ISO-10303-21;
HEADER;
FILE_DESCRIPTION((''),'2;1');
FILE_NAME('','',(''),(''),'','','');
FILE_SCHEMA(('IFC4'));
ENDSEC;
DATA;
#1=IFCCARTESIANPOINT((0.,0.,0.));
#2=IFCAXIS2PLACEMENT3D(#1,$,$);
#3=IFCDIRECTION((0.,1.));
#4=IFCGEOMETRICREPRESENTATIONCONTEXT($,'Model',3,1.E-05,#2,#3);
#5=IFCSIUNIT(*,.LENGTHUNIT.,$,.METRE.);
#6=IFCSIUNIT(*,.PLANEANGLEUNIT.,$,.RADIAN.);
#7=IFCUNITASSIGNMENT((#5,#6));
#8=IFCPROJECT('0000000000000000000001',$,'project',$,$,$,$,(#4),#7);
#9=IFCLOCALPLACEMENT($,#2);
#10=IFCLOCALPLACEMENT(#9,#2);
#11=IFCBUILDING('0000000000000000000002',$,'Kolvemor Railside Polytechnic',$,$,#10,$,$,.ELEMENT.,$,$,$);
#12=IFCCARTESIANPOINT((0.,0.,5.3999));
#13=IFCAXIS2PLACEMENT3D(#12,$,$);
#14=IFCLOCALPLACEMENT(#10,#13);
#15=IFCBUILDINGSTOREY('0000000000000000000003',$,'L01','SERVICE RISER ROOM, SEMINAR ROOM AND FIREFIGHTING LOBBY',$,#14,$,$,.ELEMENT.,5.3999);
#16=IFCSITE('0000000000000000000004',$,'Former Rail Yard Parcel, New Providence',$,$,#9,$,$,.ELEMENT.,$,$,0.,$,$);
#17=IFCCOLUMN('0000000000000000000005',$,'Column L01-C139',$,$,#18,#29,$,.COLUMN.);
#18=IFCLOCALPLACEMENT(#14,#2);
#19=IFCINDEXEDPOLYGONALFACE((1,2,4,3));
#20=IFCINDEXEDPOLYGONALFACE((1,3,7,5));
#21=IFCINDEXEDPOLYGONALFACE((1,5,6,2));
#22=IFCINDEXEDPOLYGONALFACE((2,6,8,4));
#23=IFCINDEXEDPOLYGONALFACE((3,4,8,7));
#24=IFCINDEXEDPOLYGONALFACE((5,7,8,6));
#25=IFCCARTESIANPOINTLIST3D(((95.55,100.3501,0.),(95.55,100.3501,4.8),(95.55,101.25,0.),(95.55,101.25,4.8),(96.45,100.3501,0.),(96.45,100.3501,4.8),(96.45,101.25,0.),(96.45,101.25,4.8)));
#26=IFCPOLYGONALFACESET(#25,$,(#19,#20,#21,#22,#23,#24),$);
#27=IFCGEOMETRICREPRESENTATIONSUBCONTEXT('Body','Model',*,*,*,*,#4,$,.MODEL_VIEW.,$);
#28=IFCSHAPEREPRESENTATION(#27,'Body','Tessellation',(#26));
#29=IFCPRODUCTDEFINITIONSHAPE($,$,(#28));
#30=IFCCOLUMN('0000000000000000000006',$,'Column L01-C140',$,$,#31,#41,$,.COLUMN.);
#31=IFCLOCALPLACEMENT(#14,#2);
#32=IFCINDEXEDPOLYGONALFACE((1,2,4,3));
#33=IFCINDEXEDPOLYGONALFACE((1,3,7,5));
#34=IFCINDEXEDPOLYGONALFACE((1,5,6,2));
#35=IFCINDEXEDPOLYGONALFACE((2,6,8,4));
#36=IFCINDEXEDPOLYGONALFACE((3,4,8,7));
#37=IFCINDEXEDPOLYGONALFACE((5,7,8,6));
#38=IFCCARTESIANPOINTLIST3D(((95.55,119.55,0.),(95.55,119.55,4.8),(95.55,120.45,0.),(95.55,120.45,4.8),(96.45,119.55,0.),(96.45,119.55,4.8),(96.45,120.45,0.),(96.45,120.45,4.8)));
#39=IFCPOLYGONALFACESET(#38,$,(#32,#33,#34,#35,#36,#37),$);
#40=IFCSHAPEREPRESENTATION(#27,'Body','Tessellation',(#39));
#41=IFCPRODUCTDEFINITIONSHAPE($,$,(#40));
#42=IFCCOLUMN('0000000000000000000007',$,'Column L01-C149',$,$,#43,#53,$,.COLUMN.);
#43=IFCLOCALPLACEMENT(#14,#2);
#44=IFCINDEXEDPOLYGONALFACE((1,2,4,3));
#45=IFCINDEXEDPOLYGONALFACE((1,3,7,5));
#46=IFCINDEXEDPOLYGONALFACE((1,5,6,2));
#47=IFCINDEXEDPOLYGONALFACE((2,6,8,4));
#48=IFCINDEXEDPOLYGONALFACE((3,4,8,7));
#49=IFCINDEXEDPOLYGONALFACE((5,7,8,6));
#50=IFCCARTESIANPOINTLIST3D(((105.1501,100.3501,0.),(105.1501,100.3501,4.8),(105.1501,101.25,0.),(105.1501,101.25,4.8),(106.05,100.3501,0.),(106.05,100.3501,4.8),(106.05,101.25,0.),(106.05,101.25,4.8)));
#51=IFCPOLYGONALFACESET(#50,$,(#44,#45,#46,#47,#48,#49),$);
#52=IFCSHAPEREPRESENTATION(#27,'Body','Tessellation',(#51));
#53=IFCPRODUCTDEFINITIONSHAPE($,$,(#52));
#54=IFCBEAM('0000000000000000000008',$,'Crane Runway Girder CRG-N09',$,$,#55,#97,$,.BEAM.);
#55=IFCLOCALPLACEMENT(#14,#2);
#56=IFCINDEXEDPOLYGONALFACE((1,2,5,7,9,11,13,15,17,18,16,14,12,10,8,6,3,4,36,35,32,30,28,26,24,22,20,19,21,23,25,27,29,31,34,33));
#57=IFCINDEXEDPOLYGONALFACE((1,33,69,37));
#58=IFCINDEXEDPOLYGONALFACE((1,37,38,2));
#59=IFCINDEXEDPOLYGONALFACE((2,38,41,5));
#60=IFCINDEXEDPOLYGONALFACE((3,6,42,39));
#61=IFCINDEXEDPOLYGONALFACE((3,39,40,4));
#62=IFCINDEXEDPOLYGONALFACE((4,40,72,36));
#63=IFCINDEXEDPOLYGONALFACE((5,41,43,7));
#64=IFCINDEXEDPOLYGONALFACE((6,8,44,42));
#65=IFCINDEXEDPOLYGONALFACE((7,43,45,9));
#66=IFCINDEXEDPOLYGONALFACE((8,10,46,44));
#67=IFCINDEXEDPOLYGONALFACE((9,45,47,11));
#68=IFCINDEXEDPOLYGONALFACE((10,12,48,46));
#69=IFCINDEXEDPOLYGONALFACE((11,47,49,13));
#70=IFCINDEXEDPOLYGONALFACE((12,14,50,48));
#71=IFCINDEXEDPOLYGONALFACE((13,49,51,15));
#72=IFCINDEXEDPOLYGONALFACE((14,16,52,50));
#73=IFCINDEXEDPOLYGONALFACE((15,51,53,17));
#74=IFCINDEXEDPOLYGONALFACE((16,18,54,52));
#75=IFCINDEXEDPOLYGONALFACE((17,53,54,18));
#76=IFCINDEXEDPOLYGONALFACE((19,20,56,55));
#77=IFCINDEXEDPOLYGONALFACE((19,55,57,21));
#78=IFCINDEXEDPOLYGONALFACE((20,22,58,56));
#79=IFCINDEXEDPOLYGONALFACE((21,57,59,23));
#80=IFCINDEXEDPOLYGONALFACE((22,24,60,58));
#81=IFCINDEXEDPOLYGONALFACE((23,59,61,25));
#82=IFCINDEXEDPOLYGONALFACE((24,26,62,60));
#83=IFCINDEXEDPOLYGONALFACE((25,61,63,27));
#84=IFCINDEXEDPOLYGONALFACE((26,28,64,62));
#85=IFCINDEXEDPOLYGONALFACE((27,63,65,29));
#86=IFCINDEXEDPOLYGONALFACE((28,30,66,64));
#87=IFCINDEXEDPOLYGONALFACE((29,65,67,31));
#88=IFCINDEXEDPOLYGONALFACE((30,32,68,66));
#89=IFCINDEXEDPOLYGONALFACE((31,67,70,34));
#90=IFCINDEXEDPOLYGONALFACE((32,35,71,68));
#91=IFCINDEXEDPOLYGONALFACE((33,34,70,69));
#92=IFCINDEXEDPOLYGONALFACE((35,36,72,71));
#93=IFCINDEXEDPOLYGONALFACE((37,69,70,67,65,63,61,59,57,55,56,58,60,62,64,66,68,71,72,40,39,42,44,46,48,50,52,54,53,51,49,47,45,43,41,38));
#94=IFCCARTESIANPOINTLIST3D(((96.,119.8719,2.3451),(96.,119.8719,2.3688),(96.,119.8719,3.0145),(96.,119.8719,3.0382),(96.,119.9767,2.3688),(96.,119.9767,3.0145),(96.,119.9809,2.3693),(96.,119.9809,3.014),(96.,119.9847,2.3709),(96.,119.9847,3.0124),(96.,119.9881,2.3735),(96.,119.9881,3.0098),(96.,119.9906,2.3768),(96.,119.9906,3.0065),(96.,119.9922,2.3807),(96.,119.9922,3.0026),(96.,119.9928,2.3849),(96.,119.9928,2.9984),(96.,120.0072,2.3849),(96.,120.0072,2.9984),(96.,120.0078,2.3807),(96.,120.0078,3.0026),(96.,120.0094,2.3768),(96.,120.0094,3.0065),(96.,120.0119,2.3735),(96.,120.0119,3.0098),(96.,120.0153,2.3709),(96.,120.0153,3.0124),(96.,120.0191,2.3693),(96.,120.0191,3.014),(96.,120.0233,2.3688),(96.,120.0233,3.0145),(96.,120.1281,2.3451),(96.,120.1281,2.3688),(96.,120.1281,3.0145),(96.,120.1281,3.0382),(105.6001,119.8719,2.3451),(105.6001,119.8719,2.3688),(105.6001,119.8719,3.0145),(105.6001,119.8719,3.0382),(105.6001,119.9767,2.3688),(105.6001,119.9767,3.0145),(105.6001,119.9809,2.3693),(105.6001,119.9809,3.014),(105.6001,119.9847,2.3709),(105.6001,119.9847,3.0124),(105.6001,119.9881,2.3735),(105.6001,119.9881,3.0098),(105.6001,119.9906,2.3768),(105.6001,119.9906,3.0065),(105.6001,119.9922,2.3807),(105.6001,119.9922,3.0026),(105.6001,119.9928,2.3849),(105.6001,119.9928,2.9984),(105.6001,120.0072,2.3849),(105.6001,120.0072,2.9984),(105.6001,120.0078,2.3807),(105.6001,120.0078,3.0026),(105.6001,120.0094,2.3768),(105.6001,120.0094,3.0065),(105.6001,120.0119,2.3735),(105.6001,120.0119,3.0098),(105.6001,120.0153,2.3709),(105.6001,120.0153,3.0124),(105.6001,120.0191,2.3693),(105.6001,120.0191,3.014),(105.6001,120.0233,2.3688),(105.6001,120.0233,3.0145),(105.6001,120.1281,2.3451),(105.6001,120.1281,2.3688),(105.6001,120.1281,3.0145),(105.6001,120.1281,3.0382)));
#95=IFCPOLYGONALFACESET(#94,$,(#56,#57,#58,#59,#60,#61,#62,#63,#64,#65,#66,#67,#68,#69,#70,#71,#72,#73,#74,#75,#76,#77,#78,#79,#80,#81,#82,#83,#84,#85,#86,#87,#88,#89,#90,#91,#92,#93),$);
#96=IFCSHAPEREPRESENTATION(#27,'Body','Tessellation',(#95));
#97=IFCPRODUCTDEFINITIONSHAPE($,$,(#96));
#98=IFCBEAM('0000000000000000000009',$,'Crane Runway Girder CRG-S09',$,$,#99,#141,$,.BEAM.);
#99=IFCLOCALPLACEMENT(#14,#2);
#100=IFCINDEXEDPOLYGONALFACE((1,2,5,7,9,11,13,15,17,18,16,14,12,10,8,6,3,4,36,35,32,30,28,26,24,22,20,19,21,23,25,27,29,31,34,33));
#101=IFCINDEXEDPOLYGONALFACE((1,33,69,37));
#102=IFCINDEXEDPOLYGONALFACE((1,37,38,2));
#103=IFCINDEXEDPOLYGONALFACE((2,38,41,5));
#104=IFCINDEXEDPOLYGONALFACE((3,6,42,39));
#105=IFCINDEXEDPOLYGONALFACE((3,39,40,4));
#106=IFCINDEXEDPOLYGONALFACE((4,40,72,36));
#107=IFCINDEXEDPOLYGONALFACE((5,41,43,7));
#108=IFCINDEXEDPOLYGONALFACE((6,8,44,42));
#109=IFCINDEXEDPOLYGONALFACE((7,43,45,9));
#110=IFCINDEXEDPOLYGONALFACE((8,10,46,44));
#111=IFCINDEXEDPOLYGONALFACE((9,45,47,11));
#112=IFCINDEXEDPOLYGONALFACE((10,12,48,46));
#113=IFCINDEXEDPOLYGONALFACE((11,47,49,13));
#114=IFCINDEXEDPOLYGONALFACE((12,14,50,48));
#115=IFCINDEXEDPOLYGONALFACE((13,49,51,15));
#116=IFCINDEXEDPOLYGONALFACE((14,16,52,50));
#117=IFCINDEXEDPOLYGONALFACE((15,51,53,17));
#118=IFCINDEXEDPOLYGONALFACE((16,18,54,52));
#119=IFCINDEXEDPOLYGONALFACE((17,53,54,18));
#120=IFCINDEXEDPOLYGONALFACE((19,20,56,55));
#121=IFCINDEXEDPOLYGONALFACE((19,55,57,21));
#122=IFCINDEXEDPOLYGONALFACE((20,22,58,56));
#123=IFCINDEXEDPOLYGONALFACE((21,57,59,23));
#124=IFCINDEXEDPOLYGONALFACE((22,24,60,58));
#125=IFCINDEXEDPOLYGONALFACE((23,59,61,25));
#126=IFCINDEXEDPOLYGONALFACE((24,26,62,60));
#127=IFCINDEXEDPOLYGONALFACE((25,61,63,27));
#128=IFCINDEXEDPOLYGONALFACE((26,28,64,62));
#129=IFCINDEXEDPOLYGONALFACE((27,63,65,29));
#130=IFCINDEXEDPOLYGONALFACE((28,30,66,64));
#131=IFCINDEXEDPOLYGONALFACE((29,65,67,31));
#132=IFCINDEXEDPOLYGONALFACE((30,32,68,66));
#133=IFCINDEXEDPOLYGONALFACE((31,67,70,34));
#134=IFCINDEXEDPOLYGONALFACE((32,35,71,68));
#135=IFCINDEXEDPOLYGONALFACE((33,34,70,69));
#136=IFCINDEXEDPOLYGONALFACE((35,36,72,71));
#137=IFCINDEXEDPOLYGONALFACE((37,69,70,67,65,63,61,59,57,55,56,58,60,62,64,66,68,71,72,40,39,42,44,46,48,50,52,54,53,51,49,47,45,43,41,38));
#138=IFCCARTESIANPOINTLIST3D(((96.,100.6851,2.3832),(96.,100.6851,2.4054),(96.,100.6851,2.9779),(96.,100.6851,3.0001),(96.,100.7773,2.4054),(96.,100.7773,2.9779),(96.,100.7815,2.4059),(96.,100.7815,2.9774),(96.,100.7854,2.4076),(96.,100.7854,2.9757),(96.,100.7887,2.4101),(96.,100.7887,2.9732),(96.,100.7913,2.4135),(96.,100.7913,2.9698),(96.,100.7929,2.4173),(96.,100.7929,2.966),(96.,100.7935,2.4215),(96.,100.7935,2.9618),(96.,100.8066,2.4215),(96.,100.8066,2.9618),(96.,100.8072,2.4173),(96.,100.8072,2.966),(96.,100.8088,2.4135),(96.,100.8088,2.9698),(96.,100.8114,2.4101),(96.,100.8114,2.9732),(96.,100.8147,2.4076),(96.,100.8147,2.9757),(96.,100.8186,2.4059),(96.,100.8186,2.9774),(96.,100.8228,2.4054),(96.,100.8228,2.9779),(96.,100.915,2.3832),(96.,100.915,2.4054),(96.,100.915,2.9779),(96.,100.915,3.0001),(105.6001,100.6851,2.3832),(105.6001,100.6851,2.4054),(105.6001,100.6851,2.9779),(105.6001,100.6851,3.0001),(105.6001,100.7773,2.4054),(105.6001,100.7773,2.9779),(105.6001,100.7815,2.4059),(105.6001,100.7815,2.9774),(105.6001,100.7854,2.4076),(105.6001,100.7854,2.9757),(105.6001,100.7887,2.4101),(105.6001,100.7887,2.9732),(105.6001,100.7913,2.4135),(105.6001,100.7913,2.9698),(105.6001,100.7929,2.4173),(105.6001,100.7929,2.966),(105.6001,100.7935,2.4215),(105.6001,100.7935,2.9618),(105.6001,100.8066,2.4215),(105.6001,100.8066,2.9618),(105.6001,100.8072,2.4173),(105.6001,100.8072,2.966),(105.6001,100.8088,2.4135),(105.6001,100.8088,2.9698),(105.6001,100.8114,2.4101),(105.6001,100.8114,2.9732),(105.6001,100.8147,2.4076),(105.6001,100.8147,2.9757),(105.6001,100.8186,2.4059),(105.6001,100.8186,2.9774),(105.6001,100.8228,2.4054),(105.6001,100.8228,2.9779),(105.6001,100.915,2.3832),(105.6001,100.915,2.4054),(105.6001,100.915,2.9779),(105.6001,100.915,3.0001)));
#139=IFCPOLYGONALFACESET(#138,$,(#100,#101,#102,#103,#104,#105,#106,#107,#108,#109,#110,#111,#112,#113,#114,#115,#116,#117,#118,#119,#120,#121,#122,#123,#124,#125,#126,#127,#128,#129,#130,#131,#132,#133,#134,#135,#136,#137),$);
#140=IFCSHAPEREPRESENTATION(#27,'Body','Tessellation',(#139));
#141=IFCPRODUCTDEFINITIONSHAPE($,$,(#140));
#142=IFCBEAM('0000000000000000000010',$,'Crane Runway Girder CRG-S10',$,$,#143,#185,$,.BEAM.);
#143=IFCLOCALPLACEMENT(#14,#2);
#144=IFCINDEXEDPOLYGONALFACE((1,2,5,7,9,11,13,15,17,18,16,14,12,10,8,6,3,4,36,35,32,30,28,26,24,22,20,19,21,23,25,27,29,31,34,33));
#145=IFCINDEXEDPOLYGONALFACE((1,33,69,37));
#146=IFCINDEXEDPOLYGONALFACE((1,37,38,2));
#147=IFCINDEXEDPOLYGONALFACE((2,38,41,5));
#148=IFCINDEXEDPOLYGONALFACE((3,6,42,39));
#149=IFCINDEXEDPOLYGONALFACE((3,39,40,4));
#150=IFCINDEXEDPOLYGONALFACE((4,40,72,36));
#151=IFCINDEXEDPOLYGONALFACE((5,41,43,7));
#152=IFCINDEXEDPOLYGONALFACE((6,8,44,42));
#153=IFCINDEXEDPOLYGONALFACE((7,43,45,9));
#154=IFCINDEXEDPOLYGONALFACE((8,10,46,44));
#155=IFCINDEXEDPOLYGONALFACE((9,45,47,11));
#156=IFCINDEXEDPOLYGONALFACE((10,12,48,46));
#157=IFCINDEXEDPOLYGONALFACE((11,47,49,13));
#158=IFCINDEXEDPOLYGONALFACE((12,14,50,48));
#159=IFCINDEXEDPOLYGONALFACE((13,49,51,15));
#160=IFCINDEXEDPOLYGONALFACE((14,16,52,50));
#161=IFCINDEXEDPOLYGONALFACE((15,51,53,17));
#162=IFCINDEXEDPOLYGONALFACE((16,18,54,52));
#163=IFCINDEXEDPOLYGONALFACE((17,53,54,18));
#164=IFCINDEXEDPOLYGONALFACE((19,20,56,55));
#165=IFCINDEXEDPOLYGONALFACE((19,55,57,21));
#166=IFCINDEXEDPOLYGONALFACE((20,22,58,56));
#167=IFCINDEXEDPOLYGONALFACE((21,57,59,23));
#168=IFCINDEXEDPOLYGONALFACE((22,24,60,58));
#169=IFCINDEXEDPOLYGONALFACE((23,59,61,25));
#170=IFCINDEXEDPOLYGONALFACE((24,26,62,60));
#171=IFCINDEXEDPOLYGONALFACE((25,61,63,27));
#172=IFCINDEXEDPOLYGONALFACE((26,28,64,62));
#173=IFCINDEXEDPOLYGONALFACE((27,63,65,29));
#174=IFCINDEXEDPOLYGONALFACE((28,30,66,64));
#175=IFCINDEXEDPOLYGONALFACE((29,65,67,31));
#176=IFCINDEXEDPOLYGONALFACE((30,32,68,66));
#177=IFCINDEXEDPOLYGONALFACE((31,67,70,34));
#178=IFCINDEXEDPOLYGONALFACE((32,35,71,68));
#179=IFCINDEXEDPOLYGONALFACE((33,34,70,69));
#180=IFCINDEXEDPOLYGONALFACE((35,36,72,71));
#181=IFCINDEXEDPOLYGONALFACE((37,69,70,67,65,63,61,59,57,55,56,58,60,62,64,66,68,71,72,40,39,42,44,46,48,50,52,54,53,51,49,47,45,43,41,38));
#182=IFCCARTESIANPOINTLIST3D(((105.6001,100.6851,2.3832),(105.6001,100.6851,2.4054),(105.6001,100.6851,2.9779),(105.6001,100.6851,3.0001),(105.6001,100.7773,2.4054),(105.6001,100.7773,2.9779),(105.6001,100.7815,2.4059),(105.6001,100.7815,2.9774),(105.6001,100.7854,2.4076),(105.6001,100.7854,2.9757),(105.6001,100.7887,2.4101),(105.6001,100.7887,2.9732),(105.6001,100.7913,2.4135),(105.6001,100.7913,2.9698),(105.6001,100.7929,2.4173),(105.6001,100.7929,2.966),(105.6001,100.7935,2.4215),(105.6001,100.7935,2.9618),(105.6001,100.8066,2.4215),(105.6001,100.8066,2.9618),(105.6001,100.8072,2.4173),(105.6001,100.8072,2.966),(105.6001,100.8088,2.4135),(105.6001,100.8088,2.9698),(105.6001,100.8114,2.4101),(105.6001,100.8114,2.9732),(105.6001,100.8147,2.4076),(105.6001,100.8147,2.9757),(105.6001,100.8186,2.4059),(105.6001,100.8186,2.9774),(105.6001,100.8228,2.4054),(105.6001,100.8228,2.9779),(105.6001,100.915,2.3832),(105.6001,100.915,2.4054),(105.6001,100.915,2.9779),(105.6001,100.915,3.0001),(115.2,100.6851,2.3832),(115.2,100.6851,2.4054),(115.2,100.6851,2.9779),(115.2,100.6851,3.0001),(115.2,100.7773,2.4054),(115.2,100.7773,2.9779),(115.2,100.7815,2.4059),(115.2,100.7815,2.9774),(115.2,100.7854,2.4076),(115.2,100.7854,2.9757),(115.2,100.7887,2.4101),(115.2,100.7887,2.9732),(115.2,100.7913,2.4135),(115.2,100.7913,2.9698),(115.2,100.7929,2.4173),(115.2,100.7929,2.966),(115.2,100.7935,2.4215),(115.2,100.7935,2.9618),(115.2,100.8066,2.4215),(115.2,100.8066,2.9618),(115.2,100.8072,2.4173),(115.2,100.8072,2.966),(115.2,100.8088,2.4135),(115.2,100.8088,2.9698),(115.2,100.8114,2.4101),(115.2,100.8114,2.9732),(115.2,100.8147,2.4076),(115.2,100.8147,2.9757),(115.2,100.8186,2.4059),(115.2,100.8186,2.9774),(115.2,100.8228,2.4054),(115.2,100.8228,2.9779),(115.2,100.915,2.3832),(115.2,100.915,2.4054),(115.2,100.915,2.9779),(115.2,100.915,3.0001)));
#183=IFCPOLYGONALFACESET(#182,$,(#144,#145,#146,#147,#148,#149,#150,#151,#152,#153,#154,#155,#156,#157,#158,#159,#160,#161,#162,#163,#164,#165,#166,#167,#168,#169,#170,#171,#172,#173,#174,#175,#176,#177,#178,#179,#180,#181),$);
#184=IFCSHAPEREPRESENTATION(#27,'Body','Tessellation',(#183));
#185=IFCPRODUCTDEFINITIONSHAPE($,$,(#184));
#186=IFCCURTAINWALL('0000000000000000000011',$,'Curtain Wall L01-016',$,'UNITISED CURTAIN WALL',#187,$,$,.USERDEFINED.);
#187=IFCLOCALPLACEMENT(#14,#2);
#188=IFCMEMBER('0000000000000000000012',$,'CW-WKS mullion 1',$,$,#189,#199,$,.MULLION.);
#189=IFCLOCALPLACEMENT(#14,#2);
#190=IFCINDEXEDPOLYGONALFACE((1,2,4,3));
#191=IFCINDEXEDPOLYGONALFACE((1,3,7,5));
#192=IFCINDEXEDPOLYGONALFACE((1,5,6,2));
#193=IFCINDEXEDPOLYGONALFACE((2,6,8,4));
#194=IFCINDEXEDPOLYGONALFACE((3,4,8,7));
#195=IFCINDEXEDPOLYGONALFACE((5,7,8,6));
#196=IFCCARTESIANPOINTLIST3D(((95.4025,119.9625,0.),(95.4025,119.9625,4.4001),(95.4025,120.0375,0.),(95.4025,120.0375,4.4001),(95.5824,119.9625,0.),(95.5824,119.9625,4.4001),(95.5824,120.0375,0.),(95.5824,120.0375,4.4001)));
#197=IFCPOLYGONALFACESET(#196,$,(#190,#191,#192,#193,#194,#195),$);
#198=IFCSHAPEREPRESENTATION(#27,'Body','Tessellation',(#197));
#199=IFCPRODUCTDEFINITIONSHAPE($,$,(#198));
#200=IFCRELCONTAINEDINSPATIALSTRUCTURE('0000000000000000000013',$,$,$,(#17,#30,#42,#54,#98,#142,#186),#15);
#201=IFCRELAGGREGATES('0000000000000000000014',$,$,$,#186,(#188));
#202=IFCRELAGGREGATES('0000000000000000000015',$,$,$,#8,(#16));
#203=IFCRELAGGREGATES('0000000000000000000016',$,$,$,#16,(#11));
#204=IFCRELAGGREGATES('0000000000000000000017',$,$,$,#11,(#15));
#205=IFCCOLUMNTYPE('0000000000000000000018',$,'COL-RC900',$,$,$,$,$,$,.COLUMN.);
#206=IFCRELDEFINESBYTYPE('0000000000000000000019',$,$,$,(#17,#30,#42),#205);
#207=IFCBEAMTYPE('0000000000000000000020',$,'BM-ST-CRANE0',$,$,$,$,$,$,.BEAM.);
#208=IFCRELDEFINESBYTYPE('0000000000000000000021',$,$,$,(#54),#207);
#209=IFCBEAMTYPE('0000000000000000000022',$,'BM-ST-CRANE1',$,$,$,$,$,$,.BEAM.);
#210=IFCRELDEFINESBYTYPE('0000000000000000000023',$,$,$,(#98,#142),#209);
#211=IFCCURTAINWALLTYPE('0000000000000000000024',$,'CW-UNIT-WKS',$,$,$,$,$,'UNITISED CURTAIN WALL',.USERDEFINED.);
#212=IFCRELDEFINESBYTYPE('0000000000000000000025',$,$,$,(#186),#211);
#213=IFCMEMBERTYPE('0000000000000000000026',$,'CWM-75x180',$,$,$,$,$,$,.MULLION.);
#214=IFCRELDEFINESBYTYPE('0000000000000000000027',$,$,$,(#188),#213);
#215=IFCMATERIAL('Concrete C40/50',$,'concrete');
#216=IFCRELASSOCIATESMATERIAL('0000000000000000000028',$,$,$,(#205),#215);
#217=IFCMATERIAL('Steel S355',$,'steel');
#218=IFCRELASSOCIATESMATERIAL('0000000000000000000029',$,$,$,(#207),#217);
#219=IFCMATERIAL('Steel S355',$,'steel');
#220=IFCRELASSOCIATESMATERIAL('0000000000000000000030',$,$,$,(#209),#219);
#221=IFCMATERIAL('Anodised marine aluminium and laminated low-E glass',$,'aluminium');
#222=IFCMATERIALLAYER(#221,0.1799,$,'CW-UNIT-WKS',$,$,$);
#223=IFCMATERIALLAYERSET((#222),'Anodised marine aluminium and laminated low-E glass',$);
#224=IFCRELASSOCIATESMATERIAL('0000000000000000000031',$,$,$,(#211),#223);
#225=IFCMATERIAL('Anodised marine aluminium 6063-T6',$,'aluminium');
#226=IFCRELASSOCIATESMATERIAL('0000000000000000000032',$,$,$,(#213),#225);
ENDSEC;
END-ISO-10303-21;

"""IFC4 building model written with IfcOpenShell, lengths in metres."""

from ifc_helpers import new_model, si_unit, direction, frame, origin, origin_2d, place, context, subcontext, project, spatial, rectangle, i_section, extrude, material, layer, layer_set, material_profile, profile_set, type_object, element, aggregate, save


model = new_model("IFC4")

# Units and contexts
model_context = context("Model", 3, precision=1e-05, world=origin(), true_north=direction((0.0, 1.0)))
body_context = subcontext(model_context, "Body", "Model", "MODEL_VIEW")
ifc_project = project(units=[si_unit("LENGTHUNIT", "METRE"), si_unit("PLANEANGLEUNIT", "RADIAN")], contexts=[model_context])

# Site, building, storey
site_placement = place(None, origin())
site = spatial("IfcSite", under=ifc_project, at=site_placement, Name="Former Rail Yard Parcel, New Providence", CompositionType="ELEMENT", RefElevation=0.0)
building_placement = place(site_placement, origin())
building = spatial("IfcBuilding", under=site, at=building_placement, Name="Kolvemor Railside Polytechnic", CompositionType="ELEMENT")
storey_placement = place(building_placement, frame((0.0, 0.0, 5.3999)))
storey = spatial("IfcBuildingStorey", under=building, at=storey_placement, Name="L01", Description="SERVICE RISER ROOM, SEMINAR ROOM AND FIREFIGHTING LOBBY", CompositionType="ELEMENT", Elevation=5.3999)

# Columns
ifc_material_1 = material(Name="Concrete C40/50", Category="concrete")
ifc_material_profile_1 = material_profile(ifc_material_1, rectangle(XDim=0.8999, YDim=0.8999, at=origin_2d()), Name="RC900x900")
ifc_profile_set_1 = profile_set([ifc_material_profile_1], Name="Concrete C40/50")
column_type = type_object("IfcColumnType", Name="COL-RC900", PredefinedType="COLUMN", material=ifc_profile_set_1)
for number, where, z_axis, x_axis, name in (
    (1, (96.0, 100.8, 0.0), (0.0, 0.0, 1.0), (1.0, 0.0, 0.0), "Column L01-C139"),
    (2, (96.0, 120.0, 0.0), (0.0, 0.0, 1.0), (1.0, 0.0, 0.0), "Column L01-C140"),
    (3, (105.6001, 100.8, 0.0), (0.0, 0.0, 1.0), (1.0, 0.0, 0.0), "Column L01-C149"),
):
    element("IfcColumn", number, at=place(storey_placement, frame(where, z_axis=z_axis, x_axis=x_axis)), inside=storey, type_object=column_type, Name=name, PredefinedType="COLUMN", context=body_context, shape_type="SweptSolid", body=[
        extrude(rectangle(XDim=0.8999, YDim=0.8999, at=origin_2d()), origin(), (0.0, 0.0, 1.0), 4.8),
    ])

# Beams
ifc_material_2 = material(Name="Steel S355", Category="steel")
ifc_material_profile_2 = material_profile(ifc_material_2, i_section(OverallWidth=0.2561, OverallDepth=0.6931, WebThickness=0.0144, FlangeThickness=0.0237, FilletRadius=0.0161, at=origin_2d()), Name="W690x170")
ifc_profile_set_2 = profile_set([ifc_material_profile_2], Name="Steel S355")
beam_type_1 = type_object("IfcBeamType", Name="BM-ST-CRANE0", PredefinedType="BEAM", material=ifc_profile_set_2)
beam_1_placement = place(storey_placement, frame((96.0, 120.0, 2.6917), z_axis=(1.0, 0.0, 0.0), x_axis=(0.0, 1.0, 0.0)))
element("IfcBeam", 4, at=beam_1_placement, inside=storey, type_object=beam_type_1, Name="Crane Runway Girder CRG-N09", PredefinedType="BEAM", context=body_context, shape_type="SweptSolid", body=[
    extrude(i_section(OverallWidth=0.2561, OverallDepth=0.6931, WebThickness=0.0144, FlangeThickness=0.0237, FilletRadius=0.0161, at=origin_2d()), origin(), (0.0, 0.0, 1.0), 9.6001),
])
ifc_material_3 = material(Name="Steel S355", Category="steel")
ifc_material_profile_3 = material_profile(ifc_material_3, i_section(OverallWidth=0.23, OverallDepth=0.6169, WebThickness=0.0132, FlangeThickness=0.0222, FilletRadius=0.0161, at=origin_2d()), Name="W610x140")
ifc_profile_set_3 = profile_set([ifc_material_profile_3], Name="Steel S355")
beam_type_2 = type_object("IfcBeamType", Name="BM-ST-CRANE1", PredefinedType="BEAM", material=ifc_profile_set_3)
beam_2_placement = place(storey_placement, frame((96.0, 100.8, 2.6917), z_axis=(1.0, 0.0, 0.0), x_axis=(0.0, 1.0, 0.0)))
element("IfcBeam", 5, at=beam_2_placement, inside=storey, type_object=beam_type_2, Name="Crane Runway Girder CRG-S09", PredefinedType="BEAM", context=body_context, shape_type="SweptSolid", body=[
    extrude(i_section(OverallWidth=0.23, OverallDepth=0.6169, WebThickness=0.0132, FlangeThickness=0.0222, FilletRadius=0.0161, at=origin_2d()), origin(), (0.0, 0.0, 1.0), 9.6001),
])
beam_3_placement = place(storey_placement, frame((105.6001, 100.8, 2.6917), z_axis=(1.0, 0.0, 0.0), x_axis=(0.0, 1.0, 0.0)))
element("IfcBeam", 6, at=beam_3_placement, inside=storey, type_object=beam_type_2, Name="Crane Runway Girder CRG-S10", PredefinedType="BEAM", context=body_context, shape_type="SweptSolid", body=[
    extrude(i_section(OverallWidth=0.23, OverallDepth=0.6169, WebThickness=0.0132, FlangeThickness=0.0222, FilletRadius=0.0161, at=origin_2d()), origin(), (0.0, 0.0, 1.0), 9.5999),
])

# Curtain wall, member
ifc_material_4 = material(Name="Anodised marine aluminium and laminated low-E glass", Category="aluminium")
ifc_layer_1 = layer(ifc_material_4, 0.1799, Name="CW-UNIT-WKS")
ifc_layer_set_1 = layer_set([ifc_layer_1], Name="Anodised marine aluminium and laminated low-E glass")
curtain_wall_type = type_object("IfcCurtainWallType", Name="CW-UNIT-WKS", ElementType="UNITISED CURTAIN WALL", PredefinedType="USERDEFINED", material=ifc_layer_set_1)
curtain_wall_1_placement = place(storey_placement, origin())
curtain_wall_1 = element("IfcCurtainWall", 7, at=curtain_wall_1_placement, inside=storey, type_object=curtain_wall_type, Name="Curtain Wall L01-016", ObjectType="UNITISED CURTAIN WALL", PredefinedType="USERDEFINED")
ifc_material_5 = material(Name="Anodised marine aluminium 6063-T6", Category="aluminium")
ifc_material_profile_4 = material_profile(ifc_material_5, rectangle(XDim=0.075, YDim=0.1799, at=origin_2d()), Name="CW-MUL-75x180")
ifc_profile_set_4 = profile_set([ifc_material_profile_4], Name="Anodised marine aluminium 6063-T6")
member_type_1 = type_object("IfcMemberType", Name="CWM-75x180", PredefinedType="MULLION", material=ifc_profile_set_4)
member_1_placement = place(storey_placement, frame((95.4924, 120.0, 0.0), z_axis=(0.0, 0.0, 1.0), x_axis=(0.0, -1.0, 0.0)))
member_1 = element("IfcMember", 8, at=member_1_placement, type_object=member_type_1, Name="CW-WKS mullion 1", PredefinedType="MULLION", context=body_context, shape_type="SweptSolid", body=[
    extrude(rectangle(XDim=0.075, YDim=0.1799, at=origin_2d()), origin(), (0.0, 0.0, 1.0), 4.4001),
])

aggregate(curtain_wall_1, [member_1])

save(model, "model.ifc")
